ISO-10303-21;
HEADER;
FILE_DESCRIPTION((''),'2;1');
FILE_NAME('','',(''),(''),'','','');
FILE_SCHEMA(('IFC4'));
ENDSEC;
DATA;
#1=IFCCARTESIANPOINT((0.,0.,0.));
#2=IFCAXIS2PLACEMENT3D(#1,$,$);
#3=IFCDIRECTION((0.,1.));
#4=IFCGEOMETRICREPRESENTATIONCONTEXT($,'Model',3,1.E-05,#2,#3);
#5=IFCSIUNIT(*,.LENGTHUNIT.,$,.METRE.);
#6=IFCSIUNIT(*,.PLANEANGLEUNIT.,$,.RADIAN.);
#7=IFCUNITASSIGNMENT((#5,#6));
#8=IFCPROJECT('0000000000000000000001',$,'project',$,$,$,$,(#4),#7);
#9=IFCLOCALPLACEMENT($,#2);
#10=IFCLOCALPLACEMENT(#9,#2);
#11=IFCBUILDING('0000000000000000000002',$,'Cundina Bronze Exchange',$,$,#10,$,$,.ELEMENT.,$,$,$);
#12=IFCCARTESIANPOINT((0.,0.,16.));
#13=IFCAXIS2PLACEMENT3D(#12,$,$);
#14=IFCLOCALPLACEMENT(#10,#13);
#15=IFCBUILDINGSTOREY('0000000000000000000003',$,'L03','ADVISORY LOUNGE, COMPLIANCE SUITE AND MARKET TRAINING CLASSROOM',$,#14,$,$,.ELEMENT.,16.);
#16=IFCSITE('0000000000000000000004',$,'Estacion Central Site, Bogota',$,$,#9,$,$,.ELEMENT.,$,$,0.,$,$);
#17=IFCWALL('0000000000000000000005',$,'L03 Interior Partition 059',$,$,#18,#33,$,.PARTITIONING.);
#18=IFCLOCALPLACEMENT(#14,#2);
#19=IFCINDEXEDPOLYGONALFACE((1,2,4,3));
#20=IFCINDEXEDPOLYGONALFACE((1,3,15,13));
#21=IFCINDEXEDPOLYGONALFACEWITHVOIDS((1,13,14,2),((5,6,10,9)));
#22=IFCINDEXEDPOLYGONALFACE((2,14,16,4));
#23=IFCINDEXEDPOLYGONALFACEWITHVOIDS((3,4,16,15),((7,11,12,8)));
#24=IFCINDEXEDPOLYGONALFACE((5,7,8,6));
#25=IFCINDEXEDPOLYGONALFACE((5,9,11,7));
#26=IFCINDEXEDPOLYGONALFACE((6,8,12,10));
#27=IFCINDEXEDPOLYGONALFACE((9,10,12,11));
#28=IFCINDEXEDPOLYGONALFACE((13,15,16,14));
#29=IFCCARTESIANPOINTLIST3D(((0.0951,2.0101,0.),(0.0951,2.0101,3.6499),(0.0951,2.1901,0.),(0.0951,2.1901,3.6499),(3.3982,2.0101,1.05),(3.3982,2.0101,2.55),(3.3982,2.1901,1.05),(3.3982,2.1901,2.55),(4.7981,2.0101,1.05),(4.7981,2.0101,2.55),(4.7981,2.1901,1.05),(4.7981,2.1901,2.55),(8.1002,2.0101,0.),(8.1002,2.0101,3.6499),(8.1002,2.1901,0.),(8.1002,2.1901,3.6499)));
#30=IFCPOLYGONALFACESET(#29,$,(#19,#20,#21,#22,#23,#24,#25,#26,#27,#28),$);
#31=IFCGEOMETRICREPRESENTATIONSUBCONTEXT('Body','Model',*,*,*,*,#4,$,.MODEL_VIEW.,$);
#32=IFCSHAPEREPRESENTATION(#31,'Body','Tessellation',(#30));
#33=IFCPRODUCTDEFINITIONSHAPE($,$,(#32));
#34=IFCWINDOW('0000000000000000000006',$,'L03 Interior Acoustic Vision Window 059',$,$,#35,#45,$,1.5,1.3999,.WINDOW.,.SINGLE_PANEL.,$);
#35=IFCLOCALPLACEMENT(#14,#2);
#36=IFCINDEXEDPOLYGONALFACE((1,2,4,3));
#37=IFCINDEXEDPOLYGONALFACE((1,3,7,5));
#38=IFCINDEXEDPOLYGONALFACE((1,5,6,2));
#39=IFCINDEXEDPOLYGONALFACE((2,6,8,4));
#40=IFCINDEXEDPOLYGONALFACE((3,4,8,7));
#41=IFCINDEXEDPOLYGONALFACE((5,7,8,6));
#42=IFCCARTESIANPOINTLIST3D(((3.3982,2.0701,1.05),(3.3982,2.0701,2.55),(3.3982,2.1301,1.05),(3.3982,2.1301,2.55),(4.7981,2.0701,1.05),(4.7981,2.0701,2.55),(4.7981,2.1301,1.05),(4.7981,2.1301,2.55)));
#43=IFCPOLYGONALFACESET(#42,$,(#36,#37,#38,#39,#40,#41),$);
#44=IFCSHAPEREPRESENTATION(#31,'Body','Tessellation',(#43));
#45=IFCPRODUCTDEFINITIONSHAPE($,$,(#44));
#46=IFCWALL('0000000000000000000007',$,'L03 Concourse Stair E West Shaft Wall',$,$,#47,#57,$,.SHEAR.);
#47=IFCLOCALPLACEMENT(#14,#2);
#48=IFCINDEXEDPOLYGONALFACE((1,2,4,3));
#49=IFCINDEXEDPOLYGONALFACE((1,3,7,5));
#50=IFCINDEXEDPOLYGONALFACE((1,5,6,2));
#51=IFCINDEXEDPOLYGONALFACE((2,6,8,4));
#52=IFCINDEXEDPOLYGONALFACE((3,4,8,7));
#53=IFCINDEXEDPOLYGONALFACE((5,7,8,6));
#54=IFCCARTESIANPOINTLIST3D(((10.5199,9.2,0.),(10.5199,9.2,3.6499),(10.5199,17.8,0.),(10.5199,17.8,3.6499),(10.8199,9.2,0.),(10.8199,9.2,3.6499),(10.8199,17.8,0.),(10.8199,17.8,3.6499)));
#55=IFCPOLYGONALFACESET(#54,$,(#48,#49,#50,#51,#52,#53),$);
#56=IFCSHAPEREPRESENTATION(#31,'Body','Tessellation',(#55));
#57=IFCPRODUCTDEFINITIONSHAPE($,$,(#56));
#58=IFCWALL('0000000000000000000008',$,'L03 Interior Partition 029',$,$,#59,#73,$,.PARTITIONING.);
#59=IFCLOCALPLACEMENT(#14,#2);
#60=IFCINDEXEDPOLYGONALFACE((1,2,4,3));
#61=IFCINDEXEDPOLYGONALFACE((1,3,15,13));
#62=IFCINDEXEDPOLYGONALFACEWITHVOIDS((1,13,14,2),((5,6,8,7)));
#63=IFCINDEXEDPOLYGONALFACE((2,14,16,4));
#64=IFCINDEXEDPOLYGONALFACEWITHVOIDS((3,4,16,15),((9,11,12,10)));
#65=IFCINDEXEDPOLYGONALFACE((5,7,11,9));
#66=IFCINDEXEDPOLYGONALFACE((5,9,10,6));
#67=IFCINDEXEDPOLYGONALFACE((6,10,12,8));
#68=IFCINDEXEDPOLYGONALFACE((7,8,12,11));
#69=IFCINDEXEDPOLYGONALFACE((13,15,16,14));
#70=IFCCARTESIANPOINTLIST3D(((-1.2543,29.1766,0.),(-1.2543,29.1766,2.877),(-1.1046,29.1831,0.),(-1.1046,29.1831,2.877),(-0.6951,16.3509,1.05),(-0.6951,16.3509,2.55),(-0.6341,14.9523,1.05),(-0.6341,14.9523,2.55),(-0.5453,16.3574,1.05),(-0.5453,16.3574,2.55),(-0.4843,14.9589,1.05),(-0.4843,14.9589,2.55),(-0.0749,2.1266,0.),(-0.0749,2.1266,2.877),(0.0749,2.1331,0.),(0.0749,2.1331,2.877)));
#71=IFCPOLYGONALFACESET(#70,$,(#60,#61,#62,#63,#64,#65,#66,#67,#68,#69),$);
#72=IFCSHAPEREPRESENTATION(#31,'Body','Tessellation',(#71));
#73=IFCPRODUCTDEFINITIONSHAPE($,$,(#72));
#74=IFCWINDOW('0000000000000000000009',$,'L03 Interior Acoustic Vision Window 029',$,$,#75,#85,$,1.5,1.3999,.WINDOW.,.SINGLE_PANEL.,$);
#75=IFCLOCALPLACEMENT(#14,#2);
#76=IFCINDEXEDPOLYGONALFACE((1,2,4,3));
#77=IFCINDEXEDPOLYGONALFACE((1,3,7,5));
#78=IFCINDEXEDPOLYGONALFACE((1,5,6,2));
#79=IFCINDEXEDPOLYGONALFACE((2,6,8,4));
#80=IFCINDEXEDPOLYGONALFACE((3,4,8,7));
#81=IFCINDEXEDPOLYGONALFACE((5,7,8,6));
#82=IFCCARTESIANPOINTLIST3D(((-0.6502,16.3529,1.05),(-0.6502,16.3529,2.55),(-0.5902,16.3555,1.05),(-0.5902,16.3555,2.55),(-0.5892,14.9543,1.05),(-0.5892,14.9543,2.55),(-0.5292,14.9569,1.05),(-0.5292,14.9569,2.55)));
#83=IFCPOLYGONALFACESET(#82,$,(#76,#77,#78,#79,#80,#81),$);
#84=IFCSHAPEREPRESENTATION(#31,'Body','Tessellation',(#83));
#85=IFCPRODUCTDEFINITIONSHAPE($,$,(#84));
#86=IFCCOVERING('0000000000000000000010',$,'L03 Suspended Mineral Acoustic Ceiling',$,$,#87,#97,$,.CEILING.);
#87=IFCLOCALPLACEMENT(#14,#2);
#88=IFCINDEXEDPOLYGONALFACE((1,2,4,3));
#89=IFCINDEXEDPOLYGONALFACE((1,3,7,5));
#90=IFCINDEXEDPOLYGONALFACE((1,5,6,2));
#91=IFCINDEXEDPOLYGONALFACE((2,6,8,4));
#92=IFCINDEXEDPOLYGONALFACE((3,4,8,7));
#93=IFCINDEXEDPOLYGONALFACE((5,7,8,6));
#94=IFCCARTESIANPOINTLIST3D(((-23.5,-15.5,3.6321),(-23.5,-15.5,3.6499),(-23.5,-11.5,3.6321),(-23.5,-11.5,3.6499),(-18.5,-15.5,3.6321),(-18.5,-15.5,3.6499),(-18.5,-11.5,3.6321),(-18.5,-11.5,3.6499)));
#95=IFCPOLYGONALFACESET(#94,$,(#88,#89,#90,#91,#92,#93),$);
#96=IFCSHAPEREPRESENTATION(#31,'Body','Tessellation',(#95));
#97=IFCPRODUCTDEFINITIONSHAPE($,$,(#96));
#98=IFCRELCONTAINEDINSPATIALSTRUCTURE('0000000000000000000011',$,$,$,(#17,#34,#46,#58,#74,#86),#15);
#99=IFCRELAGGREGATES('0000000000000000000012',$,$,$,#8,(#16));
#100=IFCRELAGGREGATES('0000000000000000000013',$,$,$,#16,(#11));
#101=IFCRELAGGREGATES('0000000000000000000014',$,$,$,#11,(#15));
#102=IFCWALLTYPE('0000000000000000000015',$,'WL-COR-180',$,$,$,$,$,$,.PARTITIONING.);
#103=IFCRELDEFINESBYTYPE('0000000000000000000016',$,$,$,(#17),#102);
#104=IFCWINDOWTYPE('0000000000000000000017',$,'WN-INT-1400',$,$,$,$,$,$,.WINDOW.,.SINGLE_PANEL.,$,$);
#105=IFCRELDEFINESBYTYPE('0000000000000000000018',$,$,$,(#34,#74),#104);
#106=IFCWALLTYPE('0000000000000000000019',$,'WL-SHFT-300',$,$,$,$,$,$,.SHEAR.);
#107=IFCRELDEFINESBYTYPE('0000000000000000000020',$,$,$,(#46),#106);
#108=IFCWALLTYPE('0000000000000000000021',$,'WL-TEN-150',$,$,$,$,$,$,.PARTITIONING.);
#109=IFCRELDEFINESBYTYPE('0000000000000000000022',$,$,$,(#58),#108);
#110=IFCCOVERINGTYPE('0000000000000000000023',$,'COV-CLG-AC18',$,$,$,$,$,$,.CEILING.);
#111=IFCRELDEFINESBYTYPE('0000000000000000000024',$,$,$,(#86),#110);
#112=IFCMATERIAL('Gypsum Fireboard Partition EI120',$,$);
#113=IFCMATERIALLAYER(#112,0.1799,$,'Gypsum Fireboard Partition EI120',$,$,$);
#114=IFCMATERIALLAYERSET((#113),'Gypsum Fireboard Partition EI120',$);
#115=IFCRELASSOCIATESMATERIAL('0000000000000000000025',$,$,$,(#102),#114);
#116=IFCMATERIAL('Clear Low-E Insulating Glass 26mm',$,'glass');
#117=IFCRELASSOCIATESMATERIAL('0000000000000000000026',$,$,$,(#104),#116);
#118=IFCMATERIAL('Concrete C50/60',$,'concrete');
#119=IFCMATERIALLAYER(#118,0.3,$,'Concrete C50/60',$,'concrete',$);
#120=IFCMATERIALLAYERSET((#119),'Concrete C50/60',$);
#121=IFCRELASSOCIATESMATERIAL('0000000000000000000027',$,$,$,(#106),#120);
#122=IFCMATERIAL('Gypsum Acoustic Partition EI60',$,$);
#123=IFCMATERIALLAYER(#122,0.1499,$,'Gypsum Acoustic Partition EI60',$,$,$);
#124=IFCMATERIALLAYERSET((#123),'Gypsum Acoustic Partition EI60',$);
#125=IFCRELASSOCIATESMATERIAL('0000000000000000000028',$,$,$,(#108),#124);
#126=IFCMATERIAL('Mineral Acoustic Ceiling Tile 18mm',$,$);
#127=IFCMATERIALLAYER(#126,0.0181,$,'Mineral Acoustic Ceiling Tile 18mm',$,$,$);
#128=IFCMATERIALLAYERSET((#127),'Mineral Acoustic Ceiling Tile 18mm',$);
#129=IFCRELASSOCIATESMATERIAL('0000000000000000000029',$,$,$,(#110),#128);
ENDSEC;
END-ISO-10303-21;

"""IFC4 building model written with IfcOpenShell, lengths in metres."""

from ifc_helpers import new_model, si_unit, direction, frame, frame_2d, origin, place, context, subcontext, project, spatial, polyline, rectangle, outline, extrude, material, layer, layer_set, type_object, element, fill, save


model = new_model("IFC4")

# Units and contexts
model_context = context("Model", 3, precision=1e-05, world=origin(), true_north=direction((0.0, 1.0)))
body_context = subcontext(model_context, "Body", "Model", "MODEL_VIEW")
ifc_project = project(units=[si_unit("LENGTHUNIT", "METRE"), si_unit("PLANEANGLEUNIT", "RADIAN")], contexts=[model_context])

# Site, building, storey
site_placement = place(None, origin())
site = spatial("IfcSite", under=ifc_project, at=site_placement, Name="Estacion Central Site, Bogota", CompositionType="ELEMENT", RefElevation=0.0)
building_placement = place(site_placement, origin())
building = spatial("IfcBuilding", under=site, at=building_placement, Name="Cundina Bronze Exchange", CompositionType="ELEMENT")
storey_placement = place(building_placement, frame((0.0, 0.0, 16.0)))
storey = spatial("IfcBuildingStorey", under=building, at=storey_placement, Name="L03", Description="ADVISORY LOUNGE, COMPLIANCE SUITE AND MARKET TRAINING CLASSROOM", CompositionType="ELEMENT", Elevation=16.0)

# Shared definitions
ifc_material_1 = material(Name="Gypsum Fireboard Partition EI120")
ifc_layer_1 = layer(ifc_material_1, 0.1799, Name="Gypsum Fireboard Partition EI120")
ifc_layer_set_1 = layer_set([ifc_layer_1], Name="Gypsum Fireboard Partition EI120")
wall_type_1 = type_object("IfcWallType", Name="WL-COR-180", PredefinedType="PARTITIONING", material=ifc_layer_set_1)

# Wall, opening, window
wall_1_placement = place(storey_placement, frame((8.1001, 2.1001, 0.0), z_axis=(0.0, 0.0, 1.0), x_axis=(-1.0, 0.0, 0.0)))
wall_1 = element("IfcWall", 1, at=wall_1_placement, inside=storey, type_object=wall_type_1, Name="L03 Interior Partition 059", PredefinedType="PARTITIONING", context=body_context, shape_type="SweptSolid", body=[
    extrude(rectangle(XDim=8.0051, YDim=0.1799, at=frame_2d((4.0024, 0.0))), origin(), (0.0, 0.0, 1.0), 3.6499),
])
opening_1_placement = place(wall_1_placement, frame((3.302, 0.0, 1.05)))
opening_1 = element("IfcOpeningElement", 2, at=opening_1_placement, cuts=wall_1, PredefinedType="OPENING", context=body_context, shape_type="SweptSolid", body=[
    extrude(rectangle(XDim=1.3999, YDim=1.5, at=frame_2d((0.7, 0.75))), frame((0.0, 0.0999, 0.0), z_axis=(0.0, -1.0, 0.0), x_axis=(1.0, 0.0, 0.0)), (0.0, 0.0, 1.0), 0.2),
])
ifc_material_2 = material(Name="Clear Low-E Insulating Glass 26mm", Category="glass")
window_type = type_object("IfcWindowType", Name="WN-INT-1400", PartitioningType="SINGLE_PANEL", PredefinedType="WINDOW", material=ifc_material_2)
window_1_placement = place(opening_1_placement, origin())
window_1 = element("IfcWindow", 3, at=window_1_placement, inside=storey, type_object=window_type, Name="L03 Interior Acoustic Vision Window 059", OverallHeight=1.5, OverallWidth=1.3999, PartitioningType="SINGLE_PANEL", PredefinedType="WINDOW", context=body_context, shape_type="SweptSolid", body=[
    extrude(rectangle(XDim=1.3999, YDim=1.5, at=frame_2d((0.7, 0.75))), frame((0.0, 0.03, 0.0), z_axis=(0.0, -1.0, 0.0), x_axis=(1.0, 0.0, 0.0)), (0.0, 0.0, 1.0), 0.0601),
])
fill(opening_1, window_1)

# Wall
ifc_material_3 = material(Name="Concrete C50/60", Category="concrete")
ifc_layer_2 = layer(ifc_material_3, 0.3, Name="Concrete C50/60", Category="concrete")
ifc_layer_set_2 = layer_set([ifc_layer_2], Name="Concrete C50/60")
wall_type_2 = type_object("IfcWallType", Name="WL-SHFT-300", PredefinedType="SHEAR", material=ifc_layer_set_2)
wall_2_placement = place(storey_placement, frame((10.6699, 9.2, 0.0), z_axis=(0.0, 0.0, 1.0), x_axis=(0.0, 1.0, 0.0)))
element("IfcWall", 4, at=wall_2_placement, inside=storey, type_object=wall_type_2, Name="L03 Concourse Stair E West Shaft Wall", PredefinedType="SHEAR", context=body_context, shape_type="SweptSolid", body=[
    extrude(rectangle(XDim=8.6001, YDim=0.3, at=frame_2d((4.3, 0.0))), origin(), (0.0, 0.0, 1.0), 3.6499),
])

# Wall, opening, window
ifc_material_4 = material(Name="Gypsum Acoustic Partition EI60")
ifc_layer_3 = layer(ifc_material_4, 0.1499, Name="Gypsum Acoustic Partition EI60")
ifc_layer_set_3 = layer_set([ifc_layer_3], Name="Gypsum Acoustic Partition EI60")
wall_type_3 = type_object("IfcWallType", Name="WL-TEN-150", PredefinedType="PARTITIONING", material=ifc_layer_set_3)
wall_3_placement = place(storey_placement, frame((0.0, 2.1299, 0.0), z_axis=(0.0, 0.0, 1.0), x_axis=(-0.043561, 0.999051, 0.0)))
wall_3 = element("IfcWall", 5, at=wall_3_placement, inside=storey, type_object=wall_type_3, Name="L03 Interior Partition 029", PredefinedType="PARTITIONING", context=body_context, shape_type="SweptSolid", body=[
    extrude(rectangle(XDim=27.0757, YDim=0.1499, at=frame_2d((13.5378, 0.0))), origin(), (0.0, 0.0, 1.0), 2.877),
])
opening_2_placement = place(wall_3_placement, frame((12.8379, 0.0, 1.05)))
opening_2 = element("IfcOpeningElement", 6, at=opening_2_placement, cuts=wall_3, PredefinedType="OPENING", context=body_context, shape_type="SweptSolid", body=[
    extrude(rectangle(XDim=1.3999, YDim=1.5, at=frame_2d((0.7, 0.75))), frame((0.0, 0.085, 0.0), z_axis=(0.0, -1.0, 0.0), x_axis=(1.0, 0.0, 0.0)), (0.0, 0.0, 1.0), 0.1699),
])
window_2_placement = place(opening_2_placement, origin())
window_2 = element("IfcWindow", 7, at=window_2_placement, inside=storey, type_object=window_type, Name="L03 Interior Acoustic Vision Window 029", OverallHeight=1.5, OverallWidth=1.3999, PartitioningType="SINGLE_PANEL", PredefinedType="WINDOW", context=body_context, shape_type="SweptSolid", body=[
    extrude(rectangle(XDim=1.3999, YDim=1.5, at=frame_2d((0.7, 0.75))), frame((0.0, 0.03, 0.0), z_axis=(0.0, -1.0, 0.0), x_axis=(1.0, 0.0, 0.0)), (0.0, 0.0, 1.0), 0.0601),
])
fill(opening_2, window_2)

# Covering
ifc_material_5 = material(Name="Mineral Acoustic Ceiling Tile 18mm")
ifc_layer_4 = layer(ifc_material_5, 0.0181, Name="Mineral Acoustic Ceiling Tile 18mm")
ifc_layer_set_4 = layer_set([ifc_layer_4], Name="Mineral Acoustic Ceiling Tile 18mm")
covering_type = type_object("IfcCoveringType", Name="COV-CLG-AC18", PredefinedType="CEILING", material=ifc_layer_set_4)
covering_placement = place(storey_placement, frame((0.0, 0.0, 3.6321)))
element("IfcCovering", 8, at=covering_placement, inside=storey, type_object=covering_type, Name="L03 Suspended Mineral Acoustic Ceiling", PredefinedType="CEILING", context=body_context, shape_type="SweptSolid", body=[
    extrude(outline(polyline([(-23.5, -15.5), (-18.5, -15.5), (-18.5, -11.5), (-23.5, -11.5), (-23.5, -15.5)])), origin(), (0.0, 0.0, 1.0), 0.0178),
])

save(model, "model.ifc")
